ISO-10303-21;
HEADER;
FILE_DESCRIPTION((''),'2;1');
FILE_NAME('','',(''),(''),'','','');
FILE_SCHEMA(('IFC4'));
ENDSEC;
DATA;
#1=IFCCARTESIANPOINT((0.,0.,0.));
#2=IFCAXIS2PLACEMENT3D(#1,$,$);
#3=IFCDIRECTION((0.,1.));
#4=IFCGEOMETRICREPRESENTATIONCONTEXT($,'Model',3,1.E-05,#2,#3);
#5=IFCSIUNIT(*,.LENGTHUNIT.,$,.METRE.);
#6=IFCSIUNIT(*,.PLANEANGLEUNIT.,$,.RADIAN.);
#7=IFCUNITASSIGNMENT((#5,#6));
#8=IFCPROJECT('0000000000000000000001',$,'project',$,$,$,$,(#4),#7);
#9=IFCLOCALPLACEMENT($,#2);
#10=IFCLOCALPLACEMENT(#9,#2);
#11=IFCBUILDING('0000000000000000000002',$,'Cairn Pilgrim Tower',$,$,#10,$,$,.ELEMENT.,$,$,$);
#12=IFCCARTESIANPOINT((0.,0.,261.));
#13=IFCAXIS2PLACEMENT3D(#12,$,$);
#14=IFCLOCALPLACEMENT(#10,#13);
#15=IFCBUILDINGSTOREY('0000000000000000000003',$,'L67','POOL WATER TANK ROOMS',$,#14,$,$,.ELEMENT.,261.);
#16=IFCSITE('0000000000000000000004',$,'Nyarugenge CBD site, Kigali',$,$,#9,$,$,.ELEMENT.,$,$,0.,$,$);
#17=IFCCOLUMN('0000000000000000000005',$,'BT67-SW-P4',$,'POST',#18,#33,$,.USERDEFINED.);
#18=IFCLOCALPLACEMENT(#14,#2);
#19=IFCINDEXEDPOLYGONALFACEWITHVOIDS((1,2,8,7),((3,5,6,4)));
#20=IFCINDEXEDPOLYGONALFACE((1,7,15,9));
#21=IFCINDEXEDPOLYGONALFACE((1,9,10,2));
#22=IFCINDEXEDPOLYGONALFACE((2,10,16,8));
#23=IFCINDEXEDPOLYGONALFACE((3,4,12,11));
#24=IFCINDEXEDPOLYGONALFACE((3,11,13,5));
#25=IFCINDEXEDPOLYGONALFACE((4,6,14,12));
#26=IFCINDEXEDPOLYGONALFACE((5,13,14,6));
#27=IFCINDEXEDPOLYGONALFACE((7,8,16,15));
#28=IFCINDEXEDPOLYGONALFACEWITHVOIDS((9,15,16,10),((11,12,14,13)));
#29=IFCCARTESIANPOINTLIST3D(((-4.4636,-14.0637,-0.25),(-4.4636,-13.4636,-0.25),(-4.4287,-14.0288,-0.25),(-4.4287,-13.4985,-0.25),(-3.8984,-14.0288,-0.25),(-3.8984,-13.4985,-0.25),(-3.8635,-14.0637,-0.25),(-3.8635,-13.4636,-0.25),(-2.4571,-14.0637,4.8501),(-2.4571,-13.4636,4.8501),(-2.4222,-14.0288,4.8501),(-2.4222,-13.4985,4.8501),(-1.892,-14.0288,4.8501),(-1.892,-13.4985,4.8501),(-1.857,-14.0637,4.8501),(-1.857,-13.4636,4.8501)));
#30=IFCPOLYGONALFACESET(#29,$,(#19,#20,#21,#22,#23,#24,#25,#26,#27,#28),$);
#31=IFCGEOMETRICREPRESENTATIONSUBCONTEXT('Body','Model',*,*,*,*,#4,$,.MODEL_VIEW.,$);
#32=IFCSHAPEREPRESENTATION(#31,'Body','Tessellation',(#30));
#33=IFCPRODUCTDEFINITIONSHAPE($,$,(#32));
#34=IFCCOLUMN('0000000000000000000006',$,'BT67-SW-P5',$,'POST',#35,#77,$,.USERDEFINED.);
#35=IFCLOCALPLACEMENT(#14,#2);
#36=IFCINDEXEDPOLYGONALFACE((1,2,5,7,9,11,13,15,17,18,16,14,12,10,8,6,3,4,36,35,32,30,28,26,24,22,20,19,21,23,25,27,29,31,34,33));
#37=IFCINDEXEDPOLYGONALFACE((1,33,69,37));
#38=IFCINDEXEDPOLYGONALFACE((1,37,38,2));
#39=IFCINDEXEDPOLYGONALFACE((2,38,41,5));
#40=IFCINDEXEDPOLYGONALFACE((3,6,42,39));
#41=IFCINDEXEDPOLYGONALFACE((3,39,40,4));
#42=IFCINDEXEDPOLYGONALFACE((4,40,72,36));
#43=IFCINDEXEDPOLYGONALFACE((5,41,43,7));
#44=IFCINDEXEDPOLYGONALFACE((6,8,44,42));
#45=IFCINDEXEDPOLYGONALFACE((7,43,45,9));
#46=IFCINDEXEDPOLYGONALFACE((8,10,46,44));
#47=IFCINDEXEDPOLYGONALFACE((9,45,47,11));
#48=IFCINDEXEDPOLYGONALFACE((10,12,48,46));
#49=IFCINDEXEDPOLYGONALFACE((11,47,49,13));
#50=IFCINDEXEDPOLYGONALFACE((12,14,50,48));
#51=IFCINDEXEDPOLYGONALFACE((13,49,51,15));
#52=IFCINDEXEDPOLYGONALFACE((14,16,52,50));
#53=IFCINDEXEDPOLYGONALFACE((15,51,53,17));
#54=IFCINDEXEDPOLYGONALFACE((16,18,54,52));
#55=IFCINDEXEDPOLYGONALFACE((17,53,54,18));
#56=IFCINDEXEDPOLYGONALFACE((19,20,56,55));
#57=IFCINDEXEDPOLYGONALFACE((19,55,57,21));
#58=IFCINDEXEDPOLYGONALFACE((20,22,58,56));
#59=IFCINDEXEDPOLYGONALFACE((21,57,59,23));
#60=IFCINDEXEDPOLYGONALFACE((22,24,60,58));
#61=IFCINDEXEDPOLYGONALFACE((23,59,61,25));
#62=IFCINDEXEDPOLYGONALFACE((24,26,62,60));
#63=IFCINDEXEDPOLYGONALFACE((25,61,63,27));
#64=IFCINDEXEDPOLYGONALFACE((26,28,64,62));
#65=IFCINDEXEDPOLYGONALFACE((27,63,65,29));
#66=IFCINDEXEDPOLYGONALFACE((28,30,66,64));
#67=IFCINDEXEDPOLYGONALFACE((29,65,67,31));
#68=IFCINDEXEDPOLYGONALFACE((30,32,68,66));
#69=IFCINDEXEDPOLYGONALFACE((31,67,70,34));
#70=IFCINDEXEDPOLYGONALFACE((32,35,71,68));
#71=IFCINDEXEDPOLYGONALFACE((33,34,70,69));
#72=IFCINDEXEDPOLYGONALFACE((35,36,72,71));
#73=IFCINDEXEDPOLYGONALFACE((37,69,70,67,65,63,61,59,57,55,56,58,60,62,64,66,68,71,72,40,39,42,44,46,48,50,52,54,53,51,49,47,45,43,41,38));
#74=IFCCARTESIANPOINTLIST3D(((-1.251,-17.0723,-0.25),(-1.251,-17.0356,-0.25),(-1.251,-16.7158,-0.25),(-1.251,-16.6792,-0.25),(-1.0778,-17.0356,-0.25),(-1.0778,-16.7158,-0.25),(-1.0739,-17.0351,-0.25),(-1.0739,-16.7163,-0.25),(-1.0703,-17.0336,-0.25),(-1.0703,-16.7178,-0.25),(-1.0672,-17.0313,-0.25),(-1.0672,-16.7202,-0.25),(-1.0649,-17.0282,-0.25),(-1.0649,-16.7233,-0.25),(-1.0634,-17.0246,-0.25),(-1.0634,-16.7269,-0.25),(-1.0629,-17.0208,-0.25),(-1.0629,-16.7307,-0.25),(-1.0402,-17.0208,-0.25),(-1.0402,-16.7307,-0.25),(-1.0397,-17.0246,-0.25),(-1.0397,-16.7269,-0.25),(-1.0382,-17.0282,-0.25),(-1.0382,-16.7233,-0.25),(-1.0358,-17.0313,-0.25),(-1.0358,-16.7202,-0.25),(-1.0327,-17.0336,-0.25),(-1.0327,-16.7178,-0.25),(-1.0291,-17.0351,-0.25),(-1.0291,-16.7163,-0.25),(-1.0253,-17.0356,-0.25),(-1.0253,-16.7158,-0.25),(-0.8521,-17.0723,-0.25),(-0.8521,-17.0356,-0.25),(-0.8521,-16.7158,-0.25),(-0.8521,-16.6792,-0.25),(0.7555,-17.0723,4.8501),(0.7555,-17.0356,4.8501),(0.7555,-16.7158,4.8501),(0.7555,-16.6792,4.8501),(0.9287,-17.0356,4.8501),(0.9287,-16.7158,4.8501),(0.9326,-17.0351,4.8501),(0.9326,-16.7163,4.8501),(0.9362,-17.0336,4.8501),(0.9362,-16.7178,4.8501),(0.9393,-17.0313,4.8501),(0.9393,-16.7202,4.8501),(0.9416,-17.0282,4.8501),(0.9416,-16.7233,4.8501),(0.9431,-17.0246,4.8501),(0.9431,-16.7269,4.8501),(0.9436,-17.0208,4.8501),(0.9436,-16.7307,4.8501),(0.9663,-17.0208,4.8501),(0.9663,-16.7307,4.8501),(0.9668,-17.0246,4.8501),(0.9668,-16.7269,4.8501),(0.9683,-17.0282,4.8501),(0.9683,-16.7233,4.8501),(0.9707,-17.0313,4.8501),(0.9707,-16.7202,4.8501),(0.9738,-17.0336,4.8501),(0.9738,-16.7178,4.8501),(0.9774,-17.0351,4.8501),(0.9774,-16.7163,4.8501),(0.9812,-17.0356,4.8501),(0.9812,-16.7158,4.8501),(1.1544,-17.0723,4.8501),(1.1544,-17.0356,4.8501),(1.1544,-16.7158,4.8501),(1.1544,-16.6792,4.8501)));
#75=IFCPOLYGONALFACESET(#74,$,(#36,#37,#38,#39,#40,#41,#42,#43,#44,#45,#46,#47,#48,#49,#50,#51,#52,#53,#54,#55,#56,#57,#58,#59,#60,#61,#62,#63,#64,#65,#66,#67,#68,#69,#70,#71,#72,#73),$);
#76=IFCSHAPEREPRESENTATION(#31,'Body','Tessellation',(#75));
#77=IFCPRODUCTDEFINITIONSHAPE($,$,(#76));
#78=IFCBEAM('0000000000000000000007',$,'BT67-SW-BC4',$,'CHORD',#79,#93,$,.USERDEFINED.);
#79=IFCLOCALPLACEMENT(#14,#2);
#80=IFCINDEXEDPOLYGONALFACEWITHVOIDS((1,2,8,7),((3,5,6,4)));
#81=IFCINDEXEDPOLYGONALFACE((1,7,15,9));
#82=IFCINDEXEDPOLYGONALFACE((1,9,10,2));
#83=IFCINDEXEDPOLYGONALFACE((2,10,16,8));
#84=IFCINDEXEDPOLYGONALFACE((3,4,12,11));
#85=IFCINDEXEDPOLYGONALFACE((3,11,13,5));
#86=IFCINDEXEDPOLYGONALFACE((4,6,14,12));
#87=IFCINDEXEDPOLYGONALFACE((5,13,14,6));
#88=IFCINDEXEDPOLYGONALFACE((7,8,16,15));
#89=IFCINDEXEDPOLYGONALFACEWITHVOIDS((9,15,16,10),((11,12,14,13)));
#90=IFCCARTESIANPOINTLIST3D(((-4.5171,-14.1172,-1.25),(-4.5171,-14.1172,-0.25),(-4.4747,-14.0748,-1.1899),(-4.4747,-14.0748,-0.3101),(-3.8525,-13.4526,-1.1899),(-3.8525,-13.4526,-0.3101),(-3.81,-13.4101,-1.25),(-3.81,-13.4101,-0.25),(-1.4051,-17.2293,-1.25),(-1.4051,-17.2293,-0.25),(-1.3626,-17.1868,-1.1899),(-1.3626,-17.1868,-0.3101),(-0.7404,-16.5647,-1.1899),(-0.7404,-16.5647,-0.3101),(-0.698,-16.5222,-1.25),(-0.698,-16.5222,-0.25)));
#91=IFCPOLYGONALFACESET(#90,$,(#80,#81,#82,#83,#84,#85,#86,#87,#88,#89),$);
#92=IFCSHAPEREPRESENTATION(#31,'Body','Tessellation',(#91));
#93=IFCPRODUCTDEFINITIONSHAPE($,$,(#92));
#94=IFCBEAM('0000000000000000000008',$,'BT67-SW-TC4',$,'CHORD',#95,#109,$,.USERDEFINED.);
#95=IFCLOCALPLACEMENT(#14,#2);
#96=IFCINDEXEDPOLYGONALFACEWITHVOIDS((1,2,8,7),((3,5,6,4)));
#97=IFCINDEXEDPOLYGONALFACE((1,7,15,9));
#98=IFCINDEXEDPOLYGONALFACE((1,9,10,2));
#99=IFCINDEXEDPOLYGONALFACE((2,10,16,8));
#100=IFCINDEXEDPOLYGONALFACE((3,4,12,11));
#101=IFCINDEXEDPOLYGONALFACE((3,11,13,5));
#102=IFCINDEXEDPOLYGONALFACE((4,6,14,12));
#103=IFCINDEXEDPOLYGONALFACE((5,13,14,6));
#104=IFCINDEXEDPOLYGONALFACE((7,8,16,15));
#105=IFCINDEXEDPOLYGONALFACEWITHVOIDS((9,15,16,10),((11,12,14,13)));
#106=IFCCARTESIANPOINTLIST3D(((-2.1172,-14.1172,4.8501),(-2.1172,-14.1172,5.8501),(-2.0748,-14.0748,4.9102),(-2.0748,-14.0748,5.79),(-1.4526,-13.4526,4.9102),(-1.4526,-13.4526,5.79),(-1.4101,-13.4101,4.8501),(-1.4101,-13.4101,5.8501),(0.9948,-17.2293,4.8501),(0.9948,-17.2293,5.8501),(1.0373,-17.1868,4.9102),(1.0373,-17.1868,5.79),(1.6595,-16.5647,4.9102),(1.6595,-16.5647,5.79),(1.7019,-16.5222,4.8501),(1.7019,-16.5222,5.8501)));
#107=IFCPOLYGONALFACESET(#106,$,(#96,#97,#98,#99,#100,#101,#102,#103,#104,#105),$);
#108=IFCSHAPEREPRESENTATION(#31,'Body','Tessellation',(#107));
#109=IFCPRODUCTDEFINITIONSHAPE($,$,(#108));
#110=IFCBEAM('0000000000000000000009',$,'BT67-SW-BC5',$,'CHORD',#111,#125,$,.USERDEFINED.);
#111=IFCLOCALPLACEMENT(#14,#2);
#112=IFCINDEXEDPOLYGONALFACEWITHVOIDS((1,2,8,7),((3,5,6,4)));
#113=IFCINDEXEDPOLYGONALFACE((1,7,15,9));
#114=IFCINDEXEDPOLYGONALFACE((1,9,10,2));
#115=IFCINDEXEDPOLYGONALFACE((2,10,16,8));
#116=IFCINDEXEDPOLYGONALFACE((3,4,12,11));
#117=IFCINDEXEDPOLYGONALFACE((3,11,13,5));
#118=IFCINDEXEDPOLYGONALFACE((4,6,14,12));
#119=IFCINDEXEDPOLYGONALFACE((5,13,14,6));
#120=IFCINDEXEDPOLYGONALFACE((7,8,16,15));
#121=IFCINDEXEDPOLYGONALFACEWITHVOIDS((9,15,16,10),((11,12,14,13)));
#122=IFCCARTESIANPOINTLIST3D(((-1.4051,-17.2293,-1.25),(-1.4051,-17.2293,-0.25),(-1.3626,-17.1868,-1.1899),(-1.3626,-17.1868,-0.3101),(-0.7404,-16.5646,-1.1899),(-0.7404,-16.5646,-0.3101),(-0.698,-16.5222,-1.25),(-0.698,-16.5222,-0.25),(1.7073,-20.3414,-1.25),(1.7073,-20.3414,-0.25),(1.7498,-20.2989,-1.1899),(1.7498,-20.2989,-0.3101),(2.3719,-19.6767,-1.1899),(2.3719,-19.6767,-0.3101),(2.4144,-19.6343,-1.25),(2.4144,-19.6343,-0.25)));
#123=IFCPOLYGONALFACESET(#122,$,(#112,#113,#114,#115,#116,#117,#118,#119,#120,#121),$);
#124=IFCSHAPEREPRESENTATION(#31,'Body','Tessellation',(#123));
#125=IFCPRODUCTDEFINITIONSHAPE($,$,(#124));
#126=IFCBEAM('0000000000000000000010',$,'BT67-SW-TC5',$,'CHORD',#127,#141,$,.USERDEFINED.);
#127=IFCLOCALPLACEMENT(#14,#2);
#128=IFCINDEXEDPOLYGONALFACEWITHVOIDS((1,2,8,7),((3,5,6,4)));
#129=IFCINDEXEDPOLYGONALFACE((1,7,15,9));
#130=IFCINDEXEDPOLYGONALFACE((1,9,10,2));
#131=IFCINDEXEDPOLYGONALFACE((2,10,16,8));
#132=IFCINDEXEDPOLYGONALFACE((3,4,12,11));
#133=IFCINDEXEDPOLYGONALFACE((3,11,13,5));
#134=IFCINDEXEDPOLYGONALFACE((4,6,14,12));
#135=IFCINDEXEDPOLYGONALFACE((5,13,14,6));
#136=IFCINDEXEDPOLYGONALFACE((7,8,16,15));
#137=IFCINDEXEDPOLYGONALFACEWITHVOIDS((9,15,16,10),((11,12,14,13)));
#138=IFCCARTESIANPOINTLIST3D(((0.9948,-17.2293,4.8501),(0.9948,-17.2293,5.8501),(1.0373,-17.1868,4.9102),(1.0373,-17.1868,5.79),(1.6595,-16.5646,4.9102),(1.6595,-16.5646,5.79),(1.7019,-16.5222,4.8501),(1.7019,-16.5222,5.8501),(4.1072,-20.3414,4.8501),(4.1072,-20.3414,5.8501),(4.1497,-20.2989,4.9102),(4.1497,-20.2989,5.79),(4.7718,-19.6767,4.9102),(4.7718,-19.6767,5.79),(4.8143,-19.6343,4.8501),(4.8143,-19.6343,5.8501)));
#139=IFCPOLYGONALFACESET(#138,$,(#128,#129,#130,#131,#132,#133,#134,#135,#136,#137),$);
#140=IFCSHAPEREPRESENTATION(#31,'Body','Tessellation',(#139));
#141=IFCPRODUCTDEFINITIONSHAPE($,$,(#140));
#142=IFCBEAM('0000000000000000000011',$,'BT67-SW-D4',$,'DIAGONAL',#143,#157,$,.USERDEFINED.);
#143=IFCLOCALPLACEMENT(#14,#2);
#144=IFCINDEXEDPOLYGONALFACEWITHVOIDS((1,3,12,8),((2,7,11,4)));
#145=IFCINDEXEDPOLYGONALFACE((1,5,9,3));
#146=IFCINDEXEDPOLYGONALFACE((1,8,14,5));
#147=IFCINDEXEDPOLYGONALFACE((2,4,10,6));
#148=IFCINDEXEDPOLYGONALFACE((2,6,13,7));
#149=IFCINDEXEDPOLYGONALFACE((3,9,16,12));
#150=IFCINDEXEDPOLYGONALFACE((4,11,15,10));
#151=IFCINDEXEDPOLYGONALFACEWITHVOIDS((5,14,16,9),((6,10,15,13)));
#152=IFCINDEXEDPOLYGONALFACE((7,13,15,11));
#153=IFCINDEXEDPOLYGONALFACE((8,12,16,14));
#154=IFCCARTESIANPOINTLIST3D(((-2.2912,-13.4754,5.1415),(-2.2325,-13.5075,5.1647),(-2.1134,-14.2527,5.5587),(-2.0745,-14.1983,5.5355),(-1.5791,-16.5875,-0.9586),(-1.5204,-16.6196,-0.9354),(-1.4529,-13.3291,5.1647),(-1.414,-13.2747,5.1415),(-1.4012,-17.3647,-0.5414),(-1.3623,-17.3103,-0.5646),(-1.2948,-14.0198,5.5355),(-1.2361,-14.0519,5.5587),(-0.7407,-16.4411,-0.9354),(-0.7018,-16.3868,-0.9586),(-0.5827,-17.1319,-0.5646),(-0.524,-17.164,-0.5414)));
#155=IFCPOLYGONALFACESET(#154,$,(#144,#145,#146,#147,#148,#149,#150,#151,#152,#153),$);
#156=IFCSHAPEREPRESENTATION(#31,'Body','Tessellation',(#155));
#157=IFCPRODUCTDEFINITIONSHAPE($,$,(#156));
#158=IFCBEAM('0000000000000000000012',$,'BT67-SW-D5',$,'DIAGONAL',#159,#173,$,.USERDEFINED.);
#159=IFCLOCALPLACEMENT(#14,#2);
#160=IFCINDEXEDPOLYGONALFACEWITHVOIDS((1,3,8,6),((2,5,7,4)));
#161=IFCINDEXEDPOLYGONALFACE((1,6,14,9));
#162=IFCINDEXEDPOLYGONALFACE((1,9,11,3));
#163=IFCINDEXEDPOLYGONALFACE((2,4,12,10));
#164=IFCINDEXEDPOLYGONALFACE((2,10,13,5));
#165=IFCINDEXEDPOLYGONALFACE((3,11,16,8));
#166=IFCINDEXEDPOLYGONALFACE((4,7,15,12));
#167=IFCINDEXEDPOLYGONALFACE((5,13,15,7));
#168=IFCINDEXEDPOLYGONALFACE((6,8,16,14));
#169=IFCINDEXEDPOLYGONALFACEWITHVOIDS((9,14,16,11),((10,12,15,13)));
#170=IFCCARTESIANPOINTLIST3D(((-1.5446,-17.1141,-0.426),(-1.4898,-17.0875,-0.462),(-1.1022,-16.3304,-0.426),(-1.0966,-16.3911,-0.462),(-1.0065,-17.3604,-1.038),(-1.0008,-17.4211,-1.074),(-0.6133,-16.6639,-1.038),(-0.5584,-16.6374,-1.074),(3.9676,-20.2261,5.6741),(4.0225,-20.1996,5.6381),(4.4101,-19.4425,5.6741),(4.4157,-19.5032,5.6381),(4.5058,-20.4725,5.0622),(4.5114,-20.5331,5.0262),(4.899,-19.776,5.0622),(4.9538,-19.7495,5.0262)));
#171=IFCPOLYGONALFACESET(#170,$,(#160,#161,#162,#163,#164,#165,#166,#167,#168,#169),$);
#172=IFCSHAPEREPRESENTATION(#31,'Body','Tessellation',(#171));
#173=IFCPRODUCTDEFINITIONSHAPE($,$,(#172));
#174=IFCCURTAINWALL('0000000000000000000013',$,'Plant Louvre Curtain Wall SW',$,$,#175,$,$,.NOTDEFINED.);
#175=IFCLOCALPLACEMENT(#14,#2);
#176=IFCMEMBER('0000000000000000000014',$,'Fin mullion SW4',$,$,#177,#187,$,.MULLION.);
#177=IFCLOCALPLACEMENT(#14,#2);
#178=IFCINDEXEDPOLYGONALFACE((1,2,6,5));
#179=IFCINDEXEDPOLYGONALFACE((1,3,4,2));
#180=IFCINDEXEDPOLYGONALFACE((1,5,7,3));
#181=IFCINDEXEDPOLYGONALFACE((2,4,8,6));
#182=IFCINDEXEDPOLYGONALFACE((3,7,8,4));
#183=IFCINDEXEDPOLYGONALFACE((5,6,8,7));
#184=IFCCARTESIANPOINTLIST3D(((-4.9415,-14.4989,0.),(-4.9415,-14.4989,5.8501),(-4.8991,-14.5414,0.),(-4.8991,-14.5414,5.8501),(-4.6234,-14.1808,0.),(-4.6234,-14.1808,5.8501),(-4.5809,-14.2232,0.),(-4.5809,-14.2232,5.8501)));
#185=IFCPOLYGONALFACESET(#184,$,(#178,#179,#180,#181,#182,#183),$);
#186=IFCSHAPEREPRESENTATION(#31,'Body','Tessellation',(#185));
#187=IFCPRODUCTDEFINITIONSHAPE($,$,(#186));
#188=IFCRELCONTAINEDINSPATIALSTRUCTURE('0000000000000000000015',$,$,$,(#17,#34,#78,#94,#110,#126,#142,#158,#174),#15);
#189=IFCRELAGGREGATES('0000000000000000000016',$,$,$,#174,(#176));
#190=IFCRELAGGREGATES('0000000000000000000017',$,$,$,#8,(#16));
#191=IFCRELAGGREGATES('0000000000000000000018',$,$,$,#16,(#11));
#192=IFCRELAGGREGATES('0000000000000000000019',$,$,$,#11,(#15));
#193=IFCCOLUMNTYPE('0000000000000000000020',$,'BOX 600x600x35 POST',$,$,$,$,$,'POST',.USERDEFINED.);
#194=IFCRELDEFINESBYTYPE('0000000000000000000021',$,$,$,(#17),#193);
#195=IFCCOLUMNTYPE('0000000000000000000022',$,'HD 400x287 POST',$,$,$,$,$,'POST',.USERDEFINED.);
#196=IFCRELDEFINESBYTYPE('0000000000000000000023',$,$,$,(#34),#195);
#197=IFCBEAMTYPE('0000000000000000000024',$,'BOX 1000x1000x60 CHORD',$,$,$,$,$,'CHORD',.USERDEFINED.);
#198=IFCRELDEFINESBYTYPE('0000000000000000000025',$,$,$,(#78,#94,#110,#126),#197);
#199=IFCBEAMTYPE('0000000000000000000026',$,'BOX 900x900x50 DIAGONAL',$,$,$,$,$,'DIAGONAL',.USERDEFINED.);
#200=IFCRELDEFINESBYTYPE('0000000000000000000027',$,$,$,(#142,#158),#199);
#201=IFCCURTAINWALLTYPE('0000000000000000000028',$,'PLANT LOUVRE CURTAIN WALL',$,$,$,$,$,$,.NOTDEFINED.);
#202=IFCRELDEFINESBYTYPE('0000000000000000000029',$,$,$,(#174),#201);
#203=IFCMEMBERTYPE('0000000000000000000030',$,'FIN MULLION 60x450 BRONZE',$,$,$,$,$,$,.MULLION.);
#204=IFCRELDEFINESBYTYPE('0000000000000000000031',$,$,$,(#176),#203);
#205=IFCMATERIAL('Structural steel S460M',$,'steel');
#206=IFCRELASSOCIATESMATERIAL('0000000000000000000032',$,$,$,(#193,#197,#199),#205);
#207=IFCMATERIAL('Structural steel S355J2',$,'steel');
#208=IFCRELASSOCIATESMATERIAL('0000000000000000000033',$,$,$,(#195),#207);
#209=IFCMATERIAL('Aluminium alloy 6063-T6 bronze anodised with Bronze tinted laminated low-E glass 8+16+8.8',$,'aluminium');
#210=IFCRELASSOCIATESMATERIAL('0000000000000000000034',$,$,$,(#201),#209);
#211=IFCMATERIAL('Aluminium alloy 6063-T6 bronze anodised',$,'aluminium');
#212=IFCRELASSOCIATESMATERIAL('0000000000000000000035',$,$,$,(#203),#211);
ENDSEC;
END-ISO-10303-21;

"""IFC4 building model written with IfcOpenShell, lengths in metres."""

from ifc_helpers import new_model, si_unit, direction, frame, origin, origin_2d, place, context, subcontext, project, spatial, rectangle, hollow_rectangle, i_section, extrude, clip, halfspace, material, material_profile, profile_set, type_object, element, aggregate, save


model = new_model("IFC4")

# Units and contexts
model_context = context("Model", 3, precision=1e-05, world=origin(), true_north=direction((0.0, 1.0)))
body_context = subcontext(model_context, "Body", "Model", "MODEL_VIEW")
ifc_project = project(units=[si_unit("LENGTHUNIT", "METRE"), si_unit("PLANEANGLEUNIT", "RADIAN")], contexts=[model_context])

# Site, building, storey
site_placement = place(None, origin())
site = spatial("IfcSite", under=ifc_project, at=site_placement, Name="Nyarugenge CBD site, Kigali", CompositionType="ELEMENT", RefElevation=0.0)
building_placement = place(site_placement, origin())
building = spatial("IfcBuilding", under=site, at=building_placement, Name="Cairn Pilgrim Tower", CompositionType="ELEMENT")
storey_placement = place(building_placement, frame((0.0, 0.0, 261.0)))
storey = spatial("IfcBuildingStorey", under=building, at=storey_placement, Name="L67", Description="POOL WATER TANK ROOMS", CompositionType="ELEMENT", Elevation=261.0)

# Columns
ifc_material_1 = material(Name="Structural steel S460M", Category="steel")
ifc_material_profile_1 = material_profile(ifc_material_1, hollow_rectangle(XDim=0.6001, YDim=0.6001, WallThickness=0.0349, at=origin_2d()), Name="BOX 600x600x35")
ifc_profile_set_1 = profile_set([ifc_material_profile_1], Name="Structural steel S460M")
column_type_1 = type_object("IfcColumnType", Name="BOX 600x600x35 POST", ElementType="POST", PredefinedType="USERDEFINED", material=ifc_profile_set_1)
column_1_placement = place(storey_placement, frame((-4.1636, -13.7637, -0.25), z_axis=(0.0, 0.0, 1.0), x_axis=(1.0, 0.0, 0.0)))
element("IfcColumn", 1, at=column_1_placement, inside=storey, type_object=column_type_1, Name="BT67-SW-P4", ObjectType="POST", PredefinedType="USERDEFINED", context=body_context, shape_type="Clipping", body=[
    clip(extrude(hollow_rectangle(XDim=0.6001, YDim=0.6001, WallThickness=0.0349, at=origin_2d()), origin(), (0.366106, 0.0, 0.930573), 6.5552), halfspace(frame((0.0, 0.0, 5.1001), z_axis=(0.0, 0.0, 1.0), x_axis=(1.0, 0.0, 0.0)), False)),
])
ifc_material_2 = material(Name="Structural steel S355J2", Category="steel")
ifc_material_profile_2 = material_profile(ifc_material_2, i_section(OverallWidth=0.3989, OverallDepth=0.3931, WebThickness=0.0227, FlangeThickness=0.0366, FilletRadius=0.0149, at=origin_2d()), Name="HD 400x287")
ifc_profile_set_2 = profile_set([ifc_material_profile_2], Name="Structural steel S355J2")
column_type_2 = type_object("IfcColumnType", Name="HD 400x287 POST", ElementType="POST", PredefinedType="USERDEFINED", material=ifc_profile_set_2)
column_2_placement = place(storey_placement, frame((-1.0515, -16.8757, -0.25), z_axis=(0.0, 0.0, 1.0), x_axis=(1.0, 0.0, 0.0)))
element("IfcColumn", 2, at=column_2_placement, inside=storey, type_object=column_type_2, Name="BT67-SW-P5", ObjectType="POST", PredefinedType="USERDEFINED", context=body_context, shape_type="Clipping", body=[
    clip(extrude(i_section(OverallWidth=0.3989, OverallDepth=0.3931, WebThickness=0.0227, FlangeThickness=0.0366, FilletRadius=0.0149, at=origin_2d()), origin(), (0.366106, 0.0, 0.930573), 6.5552), halfspace(frame((0.0, 0.0, 5.1001), z_axis=(0.0, 0.0, 1.0), x_axis=(1.0, 0.0, 0.0)), False)),
])

# Beams
ifc_material_profile_3 = material_profile(ifc_material_1, hollow_rectangle(XDim=1.0, YDim=1.0, WallThickness=0.0601, at=origin_2d()), Name="BOX 1000x1000x60")
ifc_profile_set_3 = profile_set([ifc_material_profile_3], Name="Structural steel S460M")
beam_type_1 = type_object("IfcBeamType", Name="BOX 1000x1000x60 CHORD", ElementType="CHORD", PredefinedType="USERDEFINED", material=ifc_profile_set_3)
for number, where, z_axis, x_axis, name in (
    (3, (-4.1636, -13.7637, -0.75), (0.707107, -0.707107, 0.0), (0.707107, 0.707107, 0.0), "BT67-SW-BC4"),
    (4, (-1.7637, -13.7637, 5.3501), (0.707107, -0.707107, 0.0), (0.707107, 0.707107, 0.0), "BT67-SW-TC4"),
):
    element("IfcBeam", number, at=place(storey_placement, frame(where, z_axis=z_axis, x_axis=x_axis)), inside=storey, type_object=beam_type_1, Name=name, ObjectType="CHORD", PredefinedType="USERDEFINED", context=body_context, shape_type="SweptSolid", body=[
        extrude(hollow_rectangle(XDim=1.0, YDim=1.0, WallThickness=0.0601, at=origin_2d()), origin(), (0.0, 0.0, 1.0), 4.4011),
    ])
for number, where, z_axis, x_axis, name in (
    (5, (-1.0515, -16.8757, -0.75), (0.707135, -0.707079, 0.0), (0.707079, 0.707135, 0.0), "BT67-SW-BC5"),
    (6, (1.3484, -16.8757, 5.3501), (0.707135, -0.707079, 0.0), (0.707079, 0.707135, 0.0), "BT67-SW-TC5"),
):
    element("IfcBeam", number, at=place(storey_placement, frame(where, z_axis=z_axis, x_axis=x_axis)), inside=storey, type_object=beam_type_1, Name=name, ObjectType="CHORD", PredefinedType="USERDEFINED", context=body_context, shape_type="SweptSolid", body=[
        extrude(hollow_rectangle(XDim=1.0, YDim=1.0, WallThickness=0.0601, at=origin_2d()), origin(), (0.0, 0.0, 1.0), 4.4014),
    ])
ifc_material_profile_4 = material_profile(ifc_material_1, hollow_rectangle(XDim=0.8999, YDim=0.8999, WallThickness=0.05, at=origin_2d()), Name="BOX 900x900x50")
ifc_profile_set_4 = profile_set([ifc_material_profile_4], Name="Structural steel S460M")
beam_type_2 = type_object("IfcBeamType", Name="BOX 900x900x50 DIAGONAL", ElementType="DIAGONAL", PredefinedType="USERDEFINED", material=ifc_profile_set_4)
beam_1_placement = place(storey_placement, frame((-1.7637, -13.7637, 5.3501), z_axis=(0.103436, -0.452006, -0.885998), x_axis=(0.974802, 0.223072, 0.0)))
element("IfcBeam", 7, at=beam_1_placement, inside=storey, type_object=beam_type_2, Name="BT67-SW-D4", ObjectType="DIAGONAL", PredefinedType="USERDEFINED", context=body_context, shape_type="SweptSolid", body=[
    extrude(hollow_rectangle(XDim=0.8999, YDim=0.8999, WallThickness=0.05, at=origin_2d()), origin(), (0.0, 0.0, 1.0), 6.885),
])
beam_2_placement = place(storey_placement, frame((-1.0515, -16.8757, -0.75), z_axis=(0.627033, -0.354008, 0.693908), x_axis=(0.491634, 0.870802, 0.0)))
element("IfcBeam", 8, at=beam_2_placement, inside=storey, type_object=beam_type_2, Name="BT67-SW-D5", ObjectType="DIAGONAL", PredefinedType="USERDEFINED", context=body_context, shape_type="SweptSolid", body=[
    extrude(hollow_rectangle(XDim=0.8999, YDim=0.8999, WallThickness=0.05, at=origin_2d()), origin(), (0.0, 0.0, 1.0), 8.791),
])

# Curtain wall, member
ifc_material_3 = material(Name="Aluminium alloy 6063-T6 bronze anodised with Bronze tinted laminated low-E glass 8+16+8.8", Category="aluminium")
curtain_wall_type = type_object("IfcCurtainWallType", Name="PLANT LOUVRE CURTAIN WALL", PredefinedType="NOTDEFINED", material=ifc_material_3)
curtain_wall_placement = place(storey_placement, origin())
curtain_wall = element("IfcCurtainWall", 9, at=curtain_wall_placement, inside=storey, type_object=curtain_wall_type, Name="Plant Louvre Curtain Wall SW", PredefinedType="NOTDEFINED")
ifc_material_4 = material(Name="Aluminium alloy 6063-T6 bronze anodised", Category="aluminium")
ifc_material_profile_5 = material_profile(ifc_material_4, rectangle(XDim=0.45, YDim=0.0601, at=origin_2d()), Name="FIN MULLION 60x450 BRONZE")
ifc_profile_set_5 = profile_set([ifc_material_profile_5], Name="Aluminium alloy 6063-T6 bronze anodised")
member_type_1 = type_object("IfcMemberType", Name="FIN MULLION 60x450 BRONZE", PredefinedType="MULLION", material=ifc_profile_set_5)
member_1_placement = place(storey_placement, frame((-4.7612, -14.3611, 0.0), z_axis=(0.0, 0.0, 1.0), x_axis=(-0.707107, -0.707107, 0.0)))
member_1 = element("IfcMember", 10, at=member_1_placement, type_object=member_type_1, Name="Fin mullion SW4", PredefinedType="MULLION", context=body_context, shape_type="SweptSolid", body=[
    extrude(rectangle(XDim=0.45, YDim=0.0601, at=origin_2d()), origin(), (0.0, 0.0, 1.0), 5.8501),
])

aggregate(curtain_wall, [member_1])

save(model, "model.ifc")
